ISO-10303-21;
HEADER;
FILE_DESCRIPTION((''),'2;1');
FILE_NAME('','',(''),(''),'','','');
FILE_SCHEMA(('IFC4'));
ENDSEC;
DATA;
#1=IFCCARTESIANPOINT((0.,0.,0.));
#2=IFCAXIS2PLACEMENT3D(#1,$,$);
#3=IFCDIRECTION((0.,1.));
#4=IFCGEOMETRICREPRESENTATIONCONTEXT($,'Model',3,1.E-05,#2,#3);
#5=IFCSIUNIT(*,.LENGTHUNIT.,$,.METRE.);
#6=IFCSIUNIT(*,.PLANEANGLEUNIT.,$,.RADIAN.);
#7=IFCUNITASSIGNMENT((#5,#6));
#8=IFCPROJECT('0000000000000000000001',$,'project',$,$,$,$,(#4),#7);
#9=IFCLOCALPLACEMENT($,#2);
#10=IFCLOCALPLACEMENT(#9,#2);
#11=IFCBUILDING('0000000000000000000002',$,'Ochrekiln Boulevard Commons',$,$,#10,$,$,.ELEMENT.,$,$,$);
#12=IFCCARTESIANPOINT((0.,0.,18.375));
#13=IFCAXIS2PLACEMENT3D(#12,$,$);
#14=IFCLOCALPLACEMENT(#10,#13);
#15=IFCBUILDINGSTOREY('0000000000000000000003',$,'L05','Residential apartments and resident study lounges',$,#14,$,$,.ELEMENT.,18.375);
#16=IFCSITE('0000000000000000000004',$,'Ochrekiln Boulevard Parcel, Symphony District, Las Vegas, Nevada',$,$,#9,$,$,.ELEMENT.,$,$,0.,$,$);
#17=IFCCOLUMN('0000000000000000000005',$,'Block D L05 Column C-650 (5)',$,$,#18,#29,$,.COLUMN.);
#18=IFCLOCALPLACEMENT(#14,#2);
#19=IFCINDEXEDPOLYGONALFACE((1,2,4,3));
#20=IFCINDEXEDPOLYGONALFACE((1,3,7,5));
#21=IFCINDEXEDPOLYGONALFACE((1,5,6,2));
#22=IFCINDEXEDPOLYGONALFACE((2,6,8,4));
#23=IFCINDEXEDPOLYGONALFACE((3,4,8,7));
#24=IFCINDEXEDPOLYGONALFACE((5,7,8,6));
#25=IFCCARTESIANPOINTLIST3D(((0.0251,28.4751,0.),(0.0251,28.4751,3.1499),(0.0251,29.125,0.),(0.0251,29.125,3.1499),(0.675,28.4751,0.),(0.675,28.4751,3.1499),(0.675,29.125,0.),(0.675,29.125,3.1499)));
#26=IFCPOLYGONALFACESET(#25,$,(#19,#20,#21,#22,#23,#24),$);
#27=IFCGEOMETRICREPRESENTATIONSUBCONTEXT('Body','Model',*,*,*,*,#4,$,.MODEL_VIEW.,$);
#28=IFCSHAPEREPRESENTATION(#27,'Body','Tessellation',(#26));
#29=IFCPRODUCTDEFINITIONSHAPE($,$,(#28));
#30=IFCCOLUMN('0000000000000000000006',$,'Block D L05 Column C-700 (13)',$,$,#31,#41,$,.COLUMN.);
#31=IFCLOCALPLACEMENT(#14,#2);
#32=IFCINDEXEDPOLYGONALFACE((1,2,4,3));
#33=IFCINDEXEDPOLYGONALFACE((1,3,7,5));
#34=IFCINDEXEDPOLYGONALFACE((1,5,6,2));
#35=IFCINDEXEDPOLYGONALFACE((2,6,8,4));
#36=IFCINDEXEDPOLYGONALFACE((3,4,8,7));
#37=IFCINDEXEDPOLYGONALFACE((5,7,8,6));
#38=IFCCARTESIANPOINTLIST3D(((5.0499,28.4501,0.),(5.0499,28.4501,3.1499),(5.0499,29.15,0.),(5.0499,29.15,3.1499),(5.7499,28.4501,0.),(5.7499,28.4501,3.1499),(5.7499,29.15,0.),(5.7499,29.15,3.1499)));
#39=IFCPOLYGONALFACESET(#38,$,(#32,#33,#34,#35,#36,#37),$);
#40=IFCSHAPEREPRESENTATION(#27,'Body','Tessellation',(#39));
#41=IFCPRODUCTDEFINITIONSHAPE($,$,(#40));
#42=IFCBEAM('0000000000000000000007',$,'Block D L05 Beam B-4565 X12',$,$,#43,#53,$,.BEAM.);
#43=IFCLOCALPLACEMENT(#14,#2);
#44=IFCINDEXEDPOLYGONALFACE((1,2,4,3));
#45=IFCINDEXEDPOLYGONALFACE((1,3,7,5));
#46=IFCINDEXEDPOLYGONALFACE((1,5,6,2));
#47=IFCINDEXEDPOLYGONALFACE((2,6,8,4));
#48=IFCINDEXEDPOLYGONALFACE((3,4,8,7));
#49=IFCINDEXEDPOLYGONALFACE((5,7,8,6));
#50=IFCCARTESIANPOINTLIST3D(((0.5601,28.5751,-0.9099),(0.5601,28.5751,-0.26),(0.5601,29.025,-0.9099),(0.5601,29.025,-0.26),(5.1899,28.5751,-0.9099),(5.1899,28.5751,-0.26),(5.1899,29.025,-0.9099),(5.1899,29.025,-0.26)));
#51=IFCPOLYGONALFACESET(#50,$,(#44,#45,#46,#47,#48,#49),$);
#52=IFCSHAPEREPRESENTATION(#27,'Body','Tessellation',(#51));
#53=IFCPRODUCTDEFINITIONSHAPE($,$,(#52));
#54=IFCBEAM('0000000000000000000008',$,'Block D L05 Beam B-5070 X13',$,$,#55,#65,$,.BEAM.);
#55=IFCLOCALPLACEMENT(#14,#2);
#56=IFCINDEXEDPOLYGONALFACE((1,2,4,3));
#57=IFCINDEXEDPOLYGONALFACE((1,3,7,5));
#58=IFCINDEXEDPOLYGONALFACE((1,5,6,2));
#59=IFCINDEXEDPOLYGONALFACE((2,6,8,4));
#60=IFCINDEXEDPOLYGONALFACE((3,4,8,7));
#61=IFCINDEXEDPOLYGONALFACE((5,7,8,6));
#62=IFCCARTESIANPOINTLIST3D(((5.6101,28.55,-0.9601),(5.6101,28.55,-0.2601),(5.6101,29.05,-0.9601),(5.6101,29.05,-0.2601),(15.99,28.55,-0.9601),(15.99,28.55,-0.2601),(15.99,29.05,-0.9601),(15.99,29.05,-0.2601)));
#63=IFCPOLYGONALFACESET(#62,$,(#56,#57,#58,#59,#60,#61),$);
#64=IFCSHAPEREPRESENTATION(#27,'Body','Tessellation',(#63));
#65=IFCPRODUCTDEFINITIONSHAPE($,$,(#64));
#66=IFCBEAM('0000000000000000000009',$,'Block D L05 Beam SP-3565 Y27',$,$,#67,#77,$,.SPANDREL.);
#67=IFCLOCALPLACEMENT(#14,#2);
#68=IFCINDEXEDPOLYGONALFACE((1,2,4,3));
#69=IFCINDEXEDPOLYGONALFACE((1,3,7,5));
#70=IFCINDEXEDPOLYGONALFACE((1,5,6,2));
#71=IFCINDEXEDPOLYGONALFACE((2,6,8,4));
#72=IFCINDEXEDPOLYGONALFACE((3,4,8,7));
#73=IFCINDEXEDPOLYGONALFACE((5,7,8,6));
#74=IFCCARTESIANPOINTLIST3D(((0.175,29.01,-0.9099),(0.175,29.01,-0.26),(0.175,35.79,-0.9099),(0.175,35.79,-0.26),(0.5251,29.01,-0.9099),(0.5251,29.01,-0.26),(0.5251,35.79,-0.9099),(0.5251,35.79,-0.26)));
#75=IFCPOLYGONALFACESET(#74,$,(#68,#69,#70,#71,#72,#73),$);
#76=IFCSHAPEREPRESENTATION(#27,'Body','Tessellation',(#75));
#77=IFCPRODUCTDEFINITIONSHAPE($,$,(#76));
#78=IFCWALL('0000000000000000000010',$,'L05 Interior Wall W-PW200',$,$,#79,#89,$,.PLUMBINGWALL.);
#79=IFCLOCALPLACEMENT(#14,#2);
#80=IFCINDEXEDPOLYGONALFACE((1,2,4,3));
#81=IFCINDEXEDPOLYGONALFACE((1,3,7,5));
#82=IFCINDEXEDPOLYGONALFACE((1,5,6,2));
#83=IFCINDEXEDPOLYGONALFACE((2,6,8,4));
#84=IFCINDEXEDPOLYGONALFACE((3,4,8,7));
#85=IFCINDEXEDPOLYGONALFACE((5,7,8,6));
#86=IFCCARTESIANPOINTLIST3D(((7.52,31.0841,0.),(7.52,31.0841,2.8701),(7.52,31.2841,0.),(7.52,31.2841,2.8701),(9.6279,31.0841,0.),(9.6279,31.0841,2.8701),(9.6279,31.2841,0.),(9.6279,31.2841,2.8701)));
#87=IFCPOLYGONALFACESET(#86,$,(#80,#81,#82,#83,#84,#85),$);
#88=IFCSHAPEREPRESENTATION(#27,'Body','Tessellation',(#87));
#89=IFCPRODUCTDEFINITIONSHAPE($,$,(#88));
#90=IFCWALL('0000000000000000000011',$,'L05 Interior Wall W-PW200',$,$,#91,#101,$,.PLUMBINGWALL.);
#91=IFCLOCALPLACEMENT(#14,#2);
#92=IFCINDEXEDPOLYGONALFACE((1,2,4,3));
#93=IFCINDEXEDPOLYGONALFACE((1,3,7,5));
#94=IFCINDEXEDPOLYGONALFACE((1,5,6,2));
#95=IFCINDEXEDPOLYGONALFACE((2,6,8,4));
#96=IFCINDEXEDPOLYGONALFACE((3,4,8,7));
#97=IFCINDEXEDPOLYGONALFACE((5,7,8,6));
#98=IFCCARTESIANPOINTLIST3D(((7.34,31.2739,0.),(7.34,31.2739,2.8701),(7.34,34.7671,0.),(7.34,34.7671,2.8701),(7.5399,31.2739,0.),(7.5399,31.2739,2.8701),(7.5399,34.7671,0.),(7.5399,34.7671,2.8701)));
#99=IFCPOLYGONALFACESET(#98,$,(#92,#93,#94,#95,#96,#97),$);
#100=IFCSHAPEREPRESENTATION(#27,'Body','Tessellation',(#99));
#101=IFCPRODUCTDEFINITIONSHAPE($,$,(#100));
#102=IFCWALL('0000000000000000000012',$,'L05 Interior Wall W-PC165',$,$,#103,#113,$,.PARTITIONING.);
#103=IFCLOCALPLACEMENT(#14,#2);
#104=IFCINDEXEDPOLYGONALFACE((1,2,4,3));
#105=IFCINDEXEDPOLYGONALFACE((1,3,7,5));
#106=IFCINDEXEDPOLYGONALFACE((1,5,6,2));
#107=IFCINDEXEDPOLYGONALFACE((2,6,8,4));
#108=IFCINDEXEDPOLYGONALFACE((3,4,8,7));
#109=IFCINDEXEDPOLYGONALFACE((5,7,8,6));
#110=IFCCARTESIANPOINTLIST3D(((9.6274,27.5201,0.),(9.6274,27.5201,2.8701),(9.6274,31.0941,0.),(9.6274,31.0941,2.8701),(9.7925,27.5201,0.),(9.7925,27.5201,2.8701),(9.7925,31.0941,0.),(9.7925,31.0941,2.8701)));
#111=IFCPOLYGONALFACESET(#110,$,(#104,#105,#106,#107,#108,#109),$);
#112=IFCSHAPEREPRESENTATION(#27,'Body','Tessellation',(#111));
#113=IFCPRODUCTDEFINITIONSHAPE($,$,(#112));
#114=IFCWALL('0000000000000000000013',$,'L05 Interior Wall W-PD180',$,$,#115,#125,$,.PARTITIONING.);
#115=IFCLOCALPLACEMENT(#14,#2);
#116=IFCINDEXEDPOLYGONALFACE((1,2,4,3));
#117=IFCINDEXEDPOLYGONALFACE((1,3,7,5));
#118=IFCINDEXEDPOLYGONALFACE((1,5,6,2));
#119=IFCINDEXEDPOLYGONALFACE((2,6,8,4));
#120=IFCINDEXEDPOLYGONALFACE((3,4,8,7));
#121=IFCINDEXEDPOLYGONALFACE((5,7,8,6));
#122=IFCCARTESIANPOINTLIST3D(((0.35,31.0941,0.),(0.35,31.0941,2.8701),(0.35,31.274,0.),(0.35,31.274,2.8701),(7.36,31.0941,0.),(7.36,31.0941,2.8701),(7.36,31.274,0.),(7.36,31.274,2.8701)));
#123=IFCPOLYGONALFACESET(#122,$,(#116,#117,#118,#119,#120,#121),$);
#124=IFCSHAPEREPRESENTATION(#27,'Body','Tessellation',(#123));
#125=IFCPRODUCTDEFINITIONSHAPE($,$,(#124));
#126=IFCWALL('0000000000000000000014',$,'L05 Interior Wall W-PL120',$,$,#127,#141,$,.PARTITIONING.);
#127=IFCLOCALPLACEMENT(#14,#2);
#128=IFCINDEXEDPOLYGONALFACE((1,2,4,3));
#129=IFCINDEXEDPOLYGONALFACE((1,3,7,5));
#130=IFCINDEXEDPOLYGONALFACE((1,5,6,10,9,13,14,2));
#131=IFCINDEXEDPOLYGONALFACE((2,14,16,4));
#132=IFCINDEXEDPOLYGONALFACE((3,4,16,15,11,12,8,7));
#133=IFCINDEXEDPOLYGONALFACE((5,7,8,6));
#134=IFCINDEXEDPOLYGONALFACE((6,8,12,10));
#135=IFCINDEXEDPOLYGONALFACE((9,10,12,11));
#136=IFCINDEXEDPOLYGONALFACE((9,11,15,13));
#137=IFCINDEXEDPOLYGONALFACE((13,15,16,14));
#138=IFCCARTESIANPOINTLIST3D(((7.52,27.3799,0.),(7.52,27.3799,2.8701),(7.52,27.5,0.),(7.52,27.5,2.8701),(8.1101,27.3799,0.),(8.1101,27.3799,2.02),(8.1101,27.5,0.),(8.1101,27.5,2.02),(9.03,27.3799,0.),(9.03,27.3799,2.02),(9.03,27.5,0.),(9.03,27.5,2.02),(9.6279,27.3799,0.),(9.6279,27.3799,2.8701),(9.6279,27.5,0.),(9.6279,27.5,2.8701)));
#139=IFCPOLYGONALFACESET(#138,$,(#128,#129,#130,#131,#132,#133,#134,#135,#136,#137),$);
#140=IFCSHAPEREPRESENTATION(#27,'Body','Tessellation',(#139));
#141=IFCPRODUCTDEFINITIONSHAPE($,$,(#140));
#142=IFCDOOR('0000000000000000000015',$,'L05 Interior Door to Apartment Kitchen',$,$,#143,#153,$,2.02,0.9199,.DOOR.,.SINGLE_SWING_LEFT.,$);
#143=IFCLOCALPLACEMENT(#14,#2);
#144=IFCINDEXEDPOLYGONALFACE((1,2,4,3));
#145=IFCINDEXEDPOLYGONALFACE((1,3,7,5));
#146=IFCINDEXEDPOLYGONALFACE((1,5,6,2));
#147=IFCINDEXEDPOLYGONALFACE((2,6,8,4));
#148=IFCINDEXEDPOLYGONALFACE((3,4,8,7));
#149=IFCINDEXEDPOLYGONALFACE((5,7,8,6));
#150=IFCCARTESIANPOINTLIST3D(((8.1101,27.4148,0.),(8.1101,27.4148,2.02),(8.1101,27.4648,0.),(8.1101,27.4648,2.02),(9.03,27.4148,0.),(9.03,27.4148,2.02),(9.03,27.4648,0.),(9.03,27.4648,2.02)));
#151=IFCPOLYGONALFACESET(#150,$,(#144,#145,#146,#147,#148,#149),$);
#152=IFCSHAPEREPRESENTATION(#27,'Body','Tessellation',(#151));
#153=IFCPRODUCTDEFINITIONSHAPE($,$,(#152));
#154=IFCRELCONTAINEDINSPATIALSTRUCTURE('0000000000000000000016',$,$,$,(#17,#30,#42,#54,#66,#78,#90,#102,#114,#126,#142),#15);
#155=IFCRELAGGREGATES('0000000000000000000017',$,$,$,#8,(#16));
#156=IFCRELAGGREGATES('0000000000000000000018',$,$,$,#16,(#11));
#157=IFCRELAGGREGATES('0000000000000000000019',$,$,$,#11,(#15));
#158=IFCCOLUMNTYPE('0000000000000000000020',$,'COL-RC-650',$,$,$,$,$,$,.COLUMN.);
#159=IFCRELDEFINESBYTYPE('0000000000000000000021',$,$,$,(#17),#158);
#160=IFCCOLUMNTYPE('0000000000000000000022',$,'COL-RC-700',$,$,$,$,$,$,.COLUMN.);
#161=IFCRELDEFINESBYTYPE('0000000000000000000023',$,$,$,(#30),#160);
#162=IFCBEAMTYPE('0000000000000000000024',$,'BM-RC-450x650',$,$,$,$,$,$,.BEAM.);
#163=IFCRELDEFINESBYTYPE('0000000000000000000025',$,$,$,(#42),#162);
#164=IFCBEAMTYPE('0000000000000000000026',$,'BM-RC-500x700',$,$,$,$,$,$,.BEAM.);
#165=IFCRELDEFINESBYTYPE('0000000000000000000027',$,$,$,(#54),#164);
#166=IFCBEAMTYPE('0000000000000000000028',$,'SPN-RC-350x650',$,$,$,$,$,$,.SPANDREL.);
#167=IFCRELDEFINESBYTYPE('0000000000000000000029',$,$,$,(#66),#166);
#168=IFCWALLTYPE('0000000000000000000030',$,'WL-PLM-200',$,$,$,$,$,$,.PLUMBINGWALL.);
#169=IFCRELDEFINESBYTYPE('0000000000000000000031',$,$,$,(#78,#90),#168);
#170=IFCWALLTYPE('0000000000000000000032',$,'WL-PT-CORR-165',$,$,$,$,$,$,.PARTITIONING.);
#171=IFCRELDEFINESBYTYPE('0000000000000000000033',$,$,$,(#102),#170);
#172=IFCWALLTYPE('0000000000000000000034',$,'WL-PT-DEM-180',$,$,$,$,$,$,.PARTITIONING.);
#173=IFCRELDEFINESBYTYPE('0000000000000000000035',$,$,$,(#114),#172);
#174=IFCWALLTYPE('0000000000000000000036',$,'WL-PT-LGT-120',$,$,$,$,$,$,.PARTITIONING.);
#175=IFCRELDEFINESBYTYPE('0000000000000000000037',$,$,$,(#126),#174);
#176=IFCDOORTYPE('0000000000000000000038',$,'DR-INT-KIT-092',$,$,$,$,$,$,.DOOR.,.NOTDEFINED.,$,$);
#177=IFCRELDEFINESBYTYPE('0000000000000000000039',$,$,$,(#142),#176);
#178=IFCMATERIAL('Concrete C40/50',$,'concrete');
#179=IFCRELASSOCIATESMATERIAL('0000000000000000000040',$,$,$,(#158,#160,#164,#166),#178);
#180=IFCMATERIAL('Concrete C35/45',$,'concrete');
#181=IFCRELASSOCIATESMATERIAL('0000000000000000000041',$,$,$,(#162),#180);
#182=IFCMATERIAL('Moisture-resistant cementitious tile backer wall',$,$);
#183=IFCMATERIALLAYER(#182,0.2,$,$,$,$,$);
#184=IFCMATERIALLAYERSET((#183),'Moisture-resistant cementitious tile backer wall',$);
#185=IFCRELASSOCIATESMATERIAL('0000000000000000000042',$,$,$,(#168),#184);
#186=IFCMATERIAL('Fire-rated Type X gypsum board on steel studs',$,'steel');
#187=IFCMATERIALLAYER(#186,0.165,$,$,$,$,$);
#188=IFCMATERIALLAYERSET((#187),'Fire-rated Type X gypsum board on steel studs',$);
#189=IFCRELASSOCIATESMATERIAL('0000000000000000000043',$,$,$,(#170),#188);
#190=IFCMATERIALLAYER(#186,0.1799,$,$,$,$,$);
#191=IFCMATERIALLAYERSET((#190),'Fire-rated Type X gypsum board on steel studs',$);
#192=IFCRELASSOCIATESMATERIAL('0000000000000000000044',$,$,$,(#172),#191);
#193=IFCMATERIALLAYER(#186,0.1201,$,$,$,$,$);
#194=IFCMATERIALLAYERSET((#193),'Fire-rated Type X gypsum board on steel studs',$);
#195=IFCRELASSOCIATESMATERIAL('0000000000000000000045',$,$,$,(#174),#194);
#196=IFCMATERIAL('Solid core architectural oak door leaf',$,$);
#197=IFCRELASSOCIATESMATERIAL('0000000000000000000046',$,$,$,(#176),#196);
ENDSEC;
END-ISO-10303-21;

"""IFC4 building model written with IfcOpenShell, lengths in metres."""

from ifc_helpers import new_model, si_unit, direction, frame, frame_2d, origin, origin_2d, place, context, subcontext, project, spatial, rectangle, extrude, material, layer, layer_set, material_profile, profile_set, type_object, element, fill, save


model = new_model("IFC4")

# Units and contexts
model_context = context("Model", 3, precision=1e-05, world=origin(), true_north=direction((0.0, 1.0)))
body_context = subcontext(model_context, "Body", "Model", "MODEL_VIEW")
ifc_project = project(units=[si_unit("LENGTHUNIT", "METRE"), si_unit("PLANEANGLEUNIT", "RADIAN")], contexts=[model_context])

# Site, building, storey
site_placement = place(None, origin())
site = spatial("IfcSite", under=ifc_project, at=site_placement, Name="Ochrekiln Boulevard Parcel, Symphony District, Las Vegas, Nevada", CompositionType="ELEMENT", RefElevation=0.0)
building_placement = place(site_placement, origin())
building = spatial("IfcBuilding", under=site, at=building_placement, Name="Ochrekiln Boulevard Commons", CompositionType="ELEMENT")
storey_placement = place(building_placement, frame((0.0, 0.0, 18.375)))
storey = spatial("IfcBuildingStorey", under=building, at=storey_placement, Name="L05", Description="Residential apartments and resident study lounges", CompositionType="ELEMENT", Elevation=18.375)

# Columns
ifc_material_1 = material(Name="Concrete C40/50", Category="concrete")
ifc_material_profile_1 = material_profile(ifc_material_1, rectangle(XDim=0.6499, YDim=0.6499, at=origin_2d()), Name="RC-COL-650x650")
ifc_profile_set_1 = profile_set([ifc_material_profile_1], Name="Concrete C40/50")
column_type_1 = type_object("IfcColumnType", Name="COL-RC-650", PredefinedType="COLUMN", material=ifc_profile_set_1)
column_1_placement = place(storey_placement, frame((0.3501, 28.8, 0.0), z_axis=(0.0, 0.0, 1.0), x_axis=(1.0, 0.0, 0.0)))
element("IfcColumn", 1, at=column_1_placement, inside=storey, type_object=column_type_1, Name="Block D L05 Column C-650 (5)", PredefinedType="COLUMN", context=body_context, shape_type="SweptSolid", body=[
    extrude(rectangle(XDim=0.6499, YDim=0.6499, at=origin_2d()), origin(), (0.0, 0.0, 1.0), 3.1499),
])
ifc_material_profile_2 = material_profile(ifc_material_1, rectangle(XDim=0.7, YDim=0.7, at=origin_2d()), Name="RC-COL-700x700")
ifc_profile_set_2 = profile_set([ifc_material_profile_2], Name="Concrete C40/50")
column_type_2 = type_object("IfcColumnType", Name="COL-RC-700", PredefinedType="COLUMN", material=ifc_profile_set_2)
column_2_placement = place(storey_placement, frame((5.3999, 28.8, 0.0), z_axis=(0.0, 0.0, 1.0), x_axis=(1.0, 0.0, 0.0)))
element("IfcColumn", 2, at=column_2_placement, inside=storey, type_object=column_type_2, Name="Block D L05 Column C-700 (13)", PredefinedType="COLUMN", context=body_context, shape_type="SweptSolid", body=[
    extrude(rectangle(XDim=0.7, YDim=0.7, at=origin_2d()), origin(), (0.0, 0.0, 1.0), 3.1499),
])

# Beams
ifc_material_2 = material(Name="Concrete C35/45", Category="concrete")
ifc_material_profile_3 = material_profile(ifc_material_2, rectangle(XDim=0.45, YDim=0.6499, at=origin_2d()), Name="RC-BM-450x650")
ifc_profile_set_3 = profile_set([ifc_material_profile_3], Name="Concrete C35/45")
beam_type_1 = type_object("IfcBeamType", Name="BM-RC-450x650", PredefinedType="BEAM", material=ifc_profile_set_3)
beam_1_placement = place(storey_placement, frame((0.5601, 28.8, -0.585), z_axis=(1.0, 0.0, 0.0), x_axis=(0.0, 1.0, 0.0)))
element("IfcBeam", 3, at=beam_1_placement, inside=storey, type_object=beam_type_1, Name="Block D L05 Beam B-4565 X12", PredefinedType="BEAM", context=body_context, shape_type="SweptSolid", body=[
    extrude(rectangle(XDim=0.45, YDim=0.6499, at=origin_2d()), origin(), (0.0, 0.0, 1.0), 4.6299),
])
ifc_material_profile_4 = material_profile(ifc_material_1, rectangle(XDim=0.5, YDim=0.7, at=origin_2d()), Name="RC-BM-500x700")
ifc_profile_set_4 = profile_set([ifc_material_profile_4], Name="Concrete C40/50")
beam_type_2 = type_object("IfcBeamType", Name="BM-RC-500x700", PredefinedType="BEAM", material=ifc_profile_set_4)
beam_2_placement = place(storey_placement, frame((5.6101, 28.8, -0.6101), z_axis=(1.0, 0.0, 0.0), x_axis=(0.0, 1.0, 0.0)))
element("IfcBeam", 4, at=beam_2_placement, inside=storey, type_object=beam_type_2, Name="Block D L05 Beam B-5070 X13", PredefinedType="BEAM", context=body_context, shape_type="SweptSolid", body=[
    extrude(rectangle(XDim=0.5, YDim=0.7, at=origin_2d()), origin(), (0.0, 0.0, 1.0), 10.3799),
])
ifc_material_profile_5 = material_profile(ifc_material_1, rectangle(XDim=0.3501, YDim=0.6499, at=origin_2d()), Name="RC-SPN-350x650")
ifc_profile_set_5 = profile_set([ifc_material_profile_5], Name="Concrete C40/50")
beam_type_3 = type_object("IfcBeamType", Name="SPN-RC-350x650", PredefinedType="SPANDREL", material=ifc_profile_set_5)
beam_3_placement = place(storey_placement, frame((0.3501, 29.01, -0.585), z_axis=(0.0, 1.0, 0.0), x_axis=(-1.0, 0.0, 0.0)))
element("IfcBeam", 5, at=beam_3_placement, inside=storey, type_object=beam_type_3, Name="Block D L05 Beam SP-3565 Y27", PredefinedType="SPANDREL", context=body_context, shape_type="SweptSolid", body=[
    extrude(rectangle(XDim=0.3501, YDim=0.6499, at=origin_2d()), origin(), (0.0, 0.0, 1.0), 6.78),
])

# Walls
ifc_material_3 = material(Name="Moisture-resistant cementitious tile backer wall")
ifc_layer_1 = layer(ifc_material_3, 0.2)
ifc_layer_set_1 = layer_set([ifc_layer_1], Name="Moisture-resistant cementitious tile backer wall")
wall_type_1 = type_object("IfcWallType", Name="WL-PLM-200", PredefinedType="PLUMBINGWALL", material=ifc_layer_set_1)
wall_1_placement = place(storey_placement, frame((7.52, 31.1841, 0.0), z_axis=(0.0, 0.0, 1.0), x_axis=(1.0, 0.0, 0.0)))
element("IfcWall", 6, at=wall_1_placement, inside=storey, type_object=wall_type_1, Name="L05 Interior Wall W-PW200", PredefinedType="PLUMBINGWALL", context=body_context, shape_type="SweptSolid", body=[
    extrude(rectangle(XDim=2.1079, YDim=0.2, at=frame_2d((1.054, 0.0))), origin(), (0.0, 0.0, 1.0), 2.8701),
])
wall_2_placement = place(storey_placement, frame((7.4399, 31.2739, 0.0), z_axis=(0.0, 0.0, 1.0), x_axis=(0.0, 1.0, 0.0)))
element("IfcWall", 7, at=wall_2_placement, inside=storey, type_object=wall_type_1, Name="L05 Interior Wall W-PW200", PredefinedType="PLUMBINGWALL", context=body_context, shape_type="SweptSolid", body=[
    extrude(rectangle(XDim=3.4932, YDim=0.2, at=frame_2d((1.7466, 0.0))), origin(), (0.0, 0.0, 1.0), 2.8701),
])
ifc_material_4 = material(Name="Fire-rated Type X gypsum board on steel studs", Category="steel")
ifc_layer_2 = layer(ifc_material_4, 0.165)
ifc_layer_set_2 = layer_set([ifc_layer_2], Name="Fire-rated Type X gypsum board on steel studs")
wall_type_2 = type_object("IfcWallType", Name="WL-PT-CORR-165", PredefinedType="PARTITIONING", material=ifc_layer_set_2)
wall_3_placement = place(storey_placement, frame((9.71, 27.52, 0.0), z_axis=(0.0, 0.0, 1.0), x_axis=(0.0, 1.0, 0.0)))
element("IfcWall", 8, at=wall_3_placement, inside=storey, type_object=wall_type_2, Name="L05 Interior Wall W-PC165", PredefinedType="PARTITIONING", context=body_context, shape_type="SweptSolid", body=[
    extrude(rectangle(XDim=3.574, YDim=0.165, at=frame_2d((1.7871, 0.0))), origin(), (0.0, 0.0, 1.0), 2.8701),
])
ifc_layer_3 = layer(ifc_material_4, 0.1799)
ifc_layer_set_3 = layer_set([ifc_layer_3], Name="Fire-rated Type X gypsum board on steel studs")
wall_type_3 = type_object("IfcWallType", Name="WL-PT-DEM-180", PredefinedType="PARTITIONING", material=ifc_layer_set_3)
wall_4_placement = place(storey_placement, frame((0.3501, 31.1841, 0.0), z_axis=(0.0, 0.0, 1.0), x_axis=(1.0, 0.0, 0.0)))
element("IfcWall", 9, at=wall_4_placement, inside=storey, type_object=wall_type_3, Name="L05 Interior Wall W-PD180", PredefinedType="PARTITIONING", context=body_context, shape_type="SweptSolid", body=[
    extrude(rectangle(XDim=7.01, YDim=0.1799, at=frame_2d((3.5049, 0.0))), origin(), (0.0, 0.0, 1.0), 2.8701),
])

# Wall, opening, door
ifc_layer_4 = layer(ifc_material_4, 0.1201)
ifc_layer_set_4 = layer_set([ifc_layer_4], Name="Fire-rated Type X gypsum board on steel studs")
wall_type_4 = type_object("IfcWallType", Name="WL-PT-LGT-120", PredefinedType="PARTITIONING", material=ifc_layer_set_4)
wall_5_placement = place(storey_placement, frame((7.52, 27.4399, 0.0), z_axis=(0.0, 0.0, 1.0), x_axis=(1.0, 0.0, 0.0)))
wall_5 = element("IfcWall", 10, at=wall_5_placement, inside=storey, type_object=wall_type_4, Name="L05 Interior Wall W-PL120", PredefinedType="PARTITIONING", context=body_context, shape_type="SweptSolid", body=[
    extrude(rectangle(XDim=2.1079, YDim=0.1201, at=frame_2d((1.054, 0.0))), origin(), (0.0, 0.0, 1.0), 2.8701),
])
opening_1_placement = place(wall_5_placement, frame((0.5901, 0.0, 0.0)))
opening_1 = element("IfcOpeningElement", 11, at=opening_1_placement, cuts=wall_5, PredefinedType="OPENING", context=body_context, shape_type="SweptSolid", body=[
    extrude(rectangle(XDim=0.9199, YDim=2.02, at=frame_2d((0.46, 1.01))), frame((0.0, 0.0701, 0.0), z_axis=(0.0, -1.0, 0.0), x_axis=(1.0, 0.0, 0.0)), (0.0, 0.0, 1.0), 0.1401),
])
ifc_material_5 = material(Name="Solid core architectural oak door leaf")
door_type_1 = type_object("IfcDoorType", Name="DR-INT-KIT-092", OperationType="NOTDEFINED", PredefinedType="DOOR", material=ifc_material_5)
door_1_placement = place(opening_1_placement, origin())
door_1 = element("IfcDoor", 12, at=door_1_placement, inside=storey, type_object=door_type_1, Name="L05 Interior Door to Apartment Kitchen", OperationType="SINGLE_SWING_LEFT", OverallHeight=2.02, OverallWidth=0.9199, PredefinedType="DOOR", context=body_context, shape_type="SweptSolid", body=[
    extrude(rectangle(XDim=0.9199, YDim=2.02, at=frame_2d((0.46, 1.01))), frame((0.0, 0.0249, 0.0), z_axis=(0.0, -1.0, 0.0), x_axis=(1.0, 0.0, 0.0)), (0.0, 0.0, 1.0), 0.05),
])
fill(opening_1, door_1)

save(model, "model.ifc")
